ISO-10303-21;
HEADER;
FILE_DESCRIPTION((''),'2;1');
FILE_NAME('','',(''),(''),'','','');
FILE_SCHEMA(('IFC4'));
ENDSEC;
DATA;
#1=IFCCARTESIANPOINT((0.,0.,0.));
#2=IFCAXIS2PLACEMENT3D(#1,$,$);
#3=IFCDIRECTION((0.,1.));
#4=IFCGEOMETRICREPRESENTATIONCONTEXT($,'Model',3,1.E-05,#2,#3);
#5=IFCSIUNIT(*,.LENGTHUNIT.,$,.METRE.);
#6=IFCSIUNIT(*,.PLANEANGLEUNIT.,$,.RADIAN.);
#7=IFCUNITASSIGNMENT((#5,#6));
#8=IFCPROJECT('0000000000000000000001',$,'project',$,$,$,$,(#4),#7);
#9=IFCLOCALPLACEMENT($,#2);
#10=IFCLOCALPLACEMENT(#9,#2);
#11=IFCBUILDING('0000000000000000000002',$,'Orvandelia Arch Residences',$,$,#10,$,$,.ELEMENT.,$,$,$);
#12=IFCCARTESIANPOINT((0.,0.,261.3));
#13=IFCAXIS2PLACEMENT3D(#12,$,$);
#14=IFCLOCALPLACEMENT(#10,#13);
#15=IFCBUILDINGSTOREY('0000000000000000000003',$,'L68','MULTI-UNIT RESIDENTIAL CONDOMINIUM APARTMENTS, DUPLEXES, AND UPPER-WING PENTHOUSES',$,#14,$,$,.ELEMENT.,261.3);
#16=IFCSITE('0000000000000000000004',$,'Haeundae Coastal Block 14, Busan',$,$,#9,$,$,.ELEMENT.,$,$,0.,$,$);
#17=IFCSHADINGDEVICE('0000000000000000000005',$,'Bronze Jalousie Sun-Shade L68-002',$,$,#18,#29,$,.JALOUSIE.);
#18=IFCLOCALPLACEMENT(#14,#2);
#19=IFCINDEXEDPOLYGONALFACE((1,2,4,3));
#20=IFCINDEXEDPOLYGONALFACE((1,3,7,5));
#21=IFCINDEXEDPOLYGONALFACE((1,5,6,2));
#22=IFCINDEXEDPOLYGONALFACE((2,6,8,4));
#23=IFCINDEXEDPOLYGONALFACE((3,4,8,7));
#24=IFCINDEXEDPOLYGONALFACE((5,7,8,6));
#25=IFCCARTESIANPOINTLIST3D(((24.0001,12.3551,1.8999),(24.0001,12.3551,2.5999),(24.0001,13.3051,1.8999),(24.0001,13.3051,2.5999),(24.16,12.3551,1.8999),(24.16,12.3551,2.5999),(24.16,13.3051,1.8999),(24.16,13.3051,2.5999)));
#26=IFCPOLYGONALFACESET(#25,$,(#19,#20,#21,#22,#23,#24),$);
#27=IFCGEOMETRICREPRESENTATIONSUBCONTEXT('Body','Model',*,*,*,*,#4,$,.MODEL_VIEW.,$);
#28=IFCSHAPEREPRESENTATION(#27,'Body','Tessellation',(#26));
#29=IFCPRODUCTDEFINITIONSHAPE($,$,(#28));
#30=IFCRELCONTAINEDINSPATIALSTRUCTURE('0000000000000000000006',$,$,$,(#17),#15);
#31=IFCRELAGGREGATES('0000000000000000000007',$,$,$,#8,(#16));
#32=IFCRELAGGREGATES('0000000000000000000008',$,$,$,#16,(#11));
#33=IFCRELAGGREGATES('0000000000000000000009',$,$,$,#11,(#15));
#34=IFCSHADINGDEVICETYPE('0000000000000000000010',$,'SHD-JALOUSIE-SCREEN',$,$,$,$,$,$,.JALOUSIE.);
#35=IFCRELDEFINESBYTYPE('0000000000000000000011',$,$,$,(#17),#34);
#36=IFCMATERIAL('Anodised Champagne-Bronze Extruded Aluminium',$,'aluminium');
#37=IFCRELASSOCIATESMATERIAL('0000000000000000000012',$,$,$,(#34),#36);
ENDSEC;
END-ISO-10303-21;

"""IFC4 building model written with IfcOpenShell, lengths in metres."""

from ifc_helpers import new_model, si_unit, direction, frame, origin, origin_2d, place, context, subcontext, project, spatial, rectangle, extrude, material, type_object, element, save


model = new_model("IFC4")

# Units and contexts
model_context = context("Model", 3, precision=1e-05, world=origin(), true_north=direction((0.0, 1.0)))
body_context = subcontext(model_context, "Body", "Model", "MODEL_VIEW")
ifc_project = project(units=[si_unit("LENGTHUNIT", "METRE"), si_unit("PLANEANGLEUNIT", "RADIAN")], contexts=[model_context])

# Site, building, storey
site_placement = place(None, origin())
site = spatial("IfcSite", under=ifc_project, at=site_placement, Name="Haeundae Coastal Block 14, Busan", CompositionType="ELEMENT", RefElevation=0.0)
building_placement = place(site_placement, origin())
building = spatial("IfcBuilding", under=site, at=building_placement, Name="Orvandelia Arch Residences", CompositionType="ELEMENT")
storey_placement = place(building_placement, frame((0.0, 0.0, 261.3)))
storey = spatial("IfcBuildingStorey", under=building, at=storey_placement, Name="L68", Description="MULTI-UNIT RESIDENTIAL CONDOMINIUM APARTMENTS, DUPLEXES, AND UPPER-WING PENTHOUSES", CompositionType="ELEMENT", Elevation=261.3)

# Shading device
ifc_material_1 = material(Name="Anodised Champagne-Bronze Extruded Aluminium", Category="aluminium")
shading_device_type = type_object("IfcShadingDeviceType", Name="SHD-JALOUSIE-SCREEN", PredefinedType="JALOUSIE", material=ifc_material_1)
shading_device_placement = place(storey_placement, frame((24.0801, 12.8301, 1.8999), z_axis=(0.0, 0.0, 1.0), x_axis=(0.0, -1.0, 0.0)))
element("IfcShadingDevice", 1, at=shading_device_placement, inside=storey, type_object=shading_device_type, Name="Bronze Jalousie Sun-Shade L68-002", PredefinedType="JALOUSIE", context=body_context, shape_type="SweptSolid", body=[
    extrude(rectangle(XDim=0.95, YDim=0.1599, at=origin_2d()), origin(), (0.0, 0.0, 1.0), 0.7),
])

save(model, "model.ifc")
